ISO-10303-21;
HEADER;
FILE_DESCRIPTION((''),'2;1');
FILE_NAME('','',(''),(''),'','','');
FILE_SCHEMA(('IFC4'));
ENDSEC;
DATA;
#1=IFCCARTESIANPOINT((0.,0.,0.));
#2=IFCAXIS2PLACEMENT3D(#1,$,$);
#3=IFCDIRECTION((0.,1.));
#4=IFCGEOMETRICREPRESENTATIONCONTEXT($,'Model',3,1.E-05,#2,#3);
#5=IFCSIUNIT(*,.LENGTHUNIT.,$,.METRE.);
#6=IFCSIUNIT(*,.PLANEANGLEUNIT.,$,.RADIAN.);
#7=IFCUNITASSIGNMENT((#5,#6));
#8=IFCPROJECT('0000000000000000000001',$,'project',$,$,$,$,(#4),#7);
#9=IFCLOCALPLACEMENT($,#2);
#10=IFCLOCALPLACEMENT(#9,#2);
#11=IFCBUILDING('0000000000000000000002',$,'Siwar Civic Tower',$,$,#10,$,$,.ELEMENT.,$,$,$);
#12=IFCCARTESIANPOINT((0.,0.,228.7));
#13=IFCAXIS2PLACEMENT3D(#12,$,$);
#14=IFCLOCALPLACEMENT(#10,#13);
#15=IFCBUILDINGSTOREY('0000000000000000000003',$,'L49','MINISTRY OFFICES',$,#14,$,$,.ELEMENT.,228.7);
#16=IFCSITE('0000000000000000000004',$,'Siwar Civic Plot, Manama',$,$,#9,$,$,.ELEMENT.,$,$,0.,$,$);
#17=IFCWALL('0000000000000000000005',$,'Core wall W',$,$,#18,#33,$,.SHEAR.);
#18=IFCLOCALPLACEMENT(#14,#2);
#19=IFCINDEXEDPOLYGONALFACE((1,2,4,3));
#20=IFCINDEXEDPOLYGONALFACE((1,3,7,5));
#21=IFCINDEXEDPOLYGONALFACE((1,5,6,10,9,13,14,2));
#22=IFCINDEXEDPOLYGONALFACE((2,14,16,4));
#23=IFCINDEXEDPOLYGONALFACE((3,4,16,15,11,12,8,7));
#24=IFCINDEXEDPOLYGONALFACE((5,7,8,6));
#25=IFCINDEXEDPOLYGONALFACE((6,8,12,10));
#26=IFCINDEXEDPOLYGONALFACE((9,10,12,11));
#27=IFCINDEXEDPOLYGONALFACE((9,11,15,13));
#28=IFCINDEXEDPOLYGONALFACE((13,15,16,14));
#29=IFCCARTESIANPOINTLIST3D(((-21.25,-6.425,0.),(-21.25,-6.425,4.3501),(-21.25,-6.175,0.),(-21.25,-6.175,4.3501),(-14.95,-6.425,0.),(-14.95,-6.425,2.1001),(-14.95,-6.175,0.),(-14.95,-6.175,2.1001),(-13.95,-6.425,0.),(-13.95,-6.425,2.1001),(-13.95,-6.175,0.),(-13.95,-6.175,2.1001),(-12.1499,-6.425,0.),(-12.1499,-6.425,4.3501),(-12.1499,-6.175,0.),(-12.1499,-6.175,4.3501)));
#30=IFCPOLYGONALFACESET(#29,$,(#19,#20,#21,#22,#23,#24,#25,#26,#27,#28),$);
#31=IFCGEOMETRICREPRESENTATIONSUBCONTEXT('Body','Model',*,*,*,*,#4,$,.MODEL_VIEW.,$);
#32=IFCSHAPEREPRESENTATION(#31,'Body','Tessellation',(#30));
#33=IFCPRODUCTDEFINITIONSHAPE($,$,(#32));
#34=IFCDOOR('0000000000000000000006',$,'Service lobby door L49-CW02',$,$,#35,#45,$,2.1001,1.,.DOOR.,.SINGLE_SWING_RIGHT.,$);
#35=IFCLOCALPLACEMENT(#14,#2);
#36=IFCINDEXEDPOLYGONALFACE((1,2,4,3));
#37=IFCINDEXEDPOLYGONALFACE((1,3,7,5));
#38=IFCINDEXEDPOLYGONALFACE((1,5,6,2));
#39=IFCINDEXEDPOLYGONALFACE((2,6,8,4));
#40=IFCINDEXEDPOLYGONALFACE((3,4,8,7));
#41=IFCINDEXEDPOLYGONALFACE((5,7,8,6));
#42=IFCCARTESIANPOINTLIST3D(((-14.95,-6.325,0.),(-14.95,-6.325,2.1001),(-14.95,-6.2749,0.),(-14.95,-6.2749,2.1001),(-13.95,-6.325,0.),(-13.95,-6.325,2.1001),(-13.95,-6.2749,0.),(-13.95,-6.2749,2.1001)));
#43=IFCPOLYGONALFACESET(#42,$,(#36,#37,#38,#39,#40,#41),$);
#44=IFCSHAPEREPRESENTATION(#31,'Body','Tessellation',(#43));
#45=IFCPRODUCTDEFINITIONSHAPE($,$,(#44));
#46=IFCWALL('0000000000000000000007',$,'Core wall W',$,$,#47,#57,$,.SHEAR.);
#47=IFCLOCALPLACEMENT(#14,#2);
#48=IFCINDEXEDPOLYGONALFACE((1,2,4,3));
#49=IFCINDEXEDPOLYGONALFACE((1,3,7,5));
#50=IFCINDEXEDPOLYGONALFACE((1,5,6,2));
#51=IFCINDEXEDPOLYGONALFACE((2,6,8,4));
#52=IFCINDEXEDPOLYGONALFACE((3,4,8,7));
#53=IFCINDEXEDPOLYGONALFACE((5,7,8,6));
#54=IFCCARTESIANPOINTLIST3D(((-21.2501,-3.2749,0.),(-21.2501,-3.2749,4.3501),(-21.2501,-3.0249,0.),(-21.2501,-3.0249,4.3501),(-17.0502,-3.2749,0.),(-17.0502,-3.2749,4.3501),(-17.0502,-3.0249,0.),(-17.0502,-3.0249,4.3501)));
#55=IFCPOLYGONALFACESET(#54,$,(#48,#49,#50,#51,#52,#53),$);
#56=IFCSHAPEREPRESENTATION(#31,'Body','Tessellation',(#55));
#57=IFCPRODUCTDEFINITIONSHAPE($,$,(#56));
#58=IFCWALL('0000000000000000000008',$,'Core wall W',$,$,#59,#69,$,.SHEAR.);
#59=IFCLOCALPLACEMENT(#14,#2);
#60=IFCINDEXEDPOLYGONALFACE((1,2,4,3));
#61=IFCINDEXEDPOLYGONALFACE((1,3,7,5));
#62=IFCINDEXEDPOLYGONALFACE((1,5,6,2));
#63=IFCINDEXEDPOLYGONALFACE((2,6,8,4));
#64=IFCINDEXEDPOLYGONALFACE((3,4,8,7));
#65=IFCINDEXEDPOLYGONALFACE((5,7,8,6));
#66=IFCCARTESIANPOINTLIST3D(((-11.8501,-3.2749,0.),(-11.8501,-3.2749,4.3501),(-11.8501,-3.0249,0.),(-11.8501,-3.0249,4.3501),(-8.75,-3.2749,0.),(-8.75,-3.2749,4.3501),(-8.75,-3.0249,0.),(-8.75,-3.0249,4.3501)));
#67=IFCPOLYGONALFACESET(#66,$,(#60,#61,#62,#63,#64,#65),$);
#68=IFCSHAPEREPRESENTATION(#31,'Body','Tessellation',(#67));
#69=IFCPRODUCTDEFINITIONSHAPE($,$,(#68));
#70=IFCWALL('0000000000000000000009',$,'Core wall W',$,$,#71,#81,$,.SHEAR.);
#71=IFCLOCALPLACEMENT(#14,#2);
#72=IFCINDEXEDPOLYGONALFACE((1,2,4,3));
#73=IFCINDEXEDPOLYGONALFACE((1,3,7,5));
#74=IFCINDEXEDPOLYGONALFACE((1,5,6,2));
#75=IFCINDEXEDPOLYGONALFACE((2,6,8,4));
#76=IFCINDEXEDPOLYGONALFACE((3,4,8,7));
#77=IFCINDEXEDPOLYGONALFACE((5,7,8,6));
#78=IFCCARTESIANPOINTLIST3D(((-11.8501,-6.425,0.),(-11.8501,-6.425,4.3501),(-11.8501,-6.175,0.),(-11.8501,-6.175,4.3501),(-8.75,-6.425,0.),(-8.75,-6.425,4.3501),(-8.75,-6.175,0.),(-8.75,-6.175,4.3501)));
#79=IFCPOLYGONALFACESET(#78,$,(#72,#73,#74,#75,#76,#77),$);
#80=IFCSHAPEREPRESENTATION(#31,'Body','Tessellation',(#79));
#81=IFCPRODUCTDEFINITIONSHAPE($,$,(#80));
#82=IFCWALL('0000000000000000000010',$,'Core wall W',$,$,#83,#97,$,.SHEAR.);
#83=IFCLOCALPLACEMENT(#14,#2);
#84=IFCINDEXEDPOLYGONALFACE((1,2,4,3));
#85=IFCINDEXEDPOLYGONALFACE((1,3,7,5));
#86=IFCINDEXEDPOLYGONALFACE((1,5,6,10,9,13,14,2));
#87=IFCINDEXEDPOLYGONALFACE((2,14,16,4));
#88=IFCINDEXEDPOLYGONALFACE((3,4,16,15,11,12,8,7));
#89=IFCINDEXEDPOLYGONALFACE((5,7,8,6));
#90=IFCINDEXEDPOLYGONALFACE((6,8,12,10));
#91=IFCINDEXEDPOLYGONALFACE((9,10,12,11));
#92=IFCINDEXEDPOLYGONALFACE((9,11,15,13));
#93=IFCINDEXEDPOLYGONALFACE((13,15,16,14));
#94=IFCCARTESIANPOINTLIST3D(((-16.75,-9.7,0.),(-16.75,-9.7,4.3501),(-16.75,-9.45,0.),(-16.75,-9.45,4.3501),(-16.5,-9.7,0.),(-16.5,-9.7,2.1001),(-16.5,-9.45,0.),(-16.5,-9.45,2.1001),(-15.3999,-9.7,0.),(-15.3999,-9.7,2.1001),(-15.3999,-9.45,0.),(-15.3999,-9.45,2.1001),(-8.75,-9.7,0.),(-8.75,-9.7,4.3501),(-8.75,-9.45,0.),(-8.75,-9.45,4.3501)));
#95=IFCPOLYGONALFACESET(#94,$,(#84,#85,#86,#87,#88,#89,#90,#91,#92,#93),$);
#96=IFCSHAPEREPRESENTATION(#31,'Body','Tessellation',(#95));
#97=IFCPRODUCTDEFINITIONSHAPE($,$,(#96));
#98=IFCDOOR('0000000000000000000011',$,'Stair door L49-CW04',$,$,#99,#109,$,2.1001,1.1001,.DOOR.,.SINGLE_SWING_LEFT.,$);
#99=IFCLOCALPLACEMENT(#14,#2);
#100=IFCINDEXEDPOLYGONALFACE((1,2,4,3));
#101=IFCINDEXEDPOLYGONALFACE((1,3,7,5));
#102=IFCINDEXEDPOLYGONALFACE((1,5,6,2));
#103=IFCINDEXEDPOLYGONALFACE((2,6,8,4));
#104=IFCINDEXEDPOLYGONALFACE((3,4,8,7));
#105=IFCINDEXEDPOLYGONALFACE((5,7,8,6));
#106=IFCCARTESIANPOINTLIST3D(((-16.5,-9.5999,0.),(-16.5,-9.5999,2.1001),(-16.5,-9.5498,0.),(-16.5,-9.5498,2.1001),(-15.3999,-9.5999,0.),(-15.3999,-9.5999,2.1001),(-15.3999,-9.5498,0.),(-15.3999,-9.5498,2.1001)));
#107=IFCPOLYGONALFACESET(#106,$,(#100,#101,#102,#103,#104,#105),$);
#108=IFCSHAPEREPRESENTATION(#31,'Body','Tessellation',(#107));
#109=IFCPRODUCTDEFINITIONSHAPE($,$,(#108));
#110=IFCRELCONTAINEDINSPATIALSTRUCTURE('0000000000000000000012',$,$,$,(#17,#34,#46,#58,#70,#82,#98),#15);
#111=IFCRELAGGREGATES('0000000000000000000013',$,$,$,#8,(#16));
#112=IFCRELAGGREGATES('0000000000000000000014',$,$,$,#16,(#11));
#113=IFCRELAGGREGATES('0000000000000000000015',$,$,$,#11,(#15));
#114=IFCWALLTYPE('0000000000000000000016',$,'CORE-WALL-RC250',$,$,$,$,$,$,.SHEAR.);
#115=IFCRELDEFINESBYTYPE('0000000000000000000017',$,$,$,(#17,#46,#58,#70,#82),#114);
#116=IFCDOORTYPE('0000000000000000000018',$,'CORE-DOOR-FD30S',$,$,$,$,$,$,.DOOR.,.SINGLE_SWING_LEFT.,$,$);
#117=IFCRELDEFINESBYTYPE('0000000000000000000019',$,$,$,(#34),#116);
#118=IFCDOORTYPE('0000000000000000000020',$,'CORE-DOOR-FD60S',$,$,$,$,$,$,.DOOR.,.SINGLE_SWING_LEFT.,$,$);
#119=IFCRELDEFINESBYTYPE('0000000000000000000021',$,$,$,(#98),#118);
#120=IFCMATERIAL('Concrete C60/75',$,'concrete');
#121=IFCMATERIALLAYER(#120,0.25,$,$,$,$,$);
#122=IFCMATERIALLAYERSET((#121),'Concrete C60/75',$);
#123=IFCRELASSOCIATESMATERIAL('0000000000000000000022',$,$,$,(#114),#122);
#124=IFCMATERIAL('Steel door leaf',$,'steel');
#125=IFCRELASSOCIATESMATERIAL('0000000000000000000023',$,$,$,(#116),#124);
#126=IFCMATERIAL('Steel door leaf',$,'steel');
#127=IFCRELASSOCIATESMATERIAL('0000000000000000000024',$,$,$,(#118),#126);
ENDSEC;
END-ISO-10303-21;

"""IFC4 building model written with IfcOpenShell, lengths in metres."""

from ifc_helpers import new_model, si_unit, direction, frame, frame_2d, origin, place, context, subcontext, project, spatial, rectangle, extrude, material, layer, layer_set, type_object, element, fill, save


model = new_model("IFC4")

# Units and contexts
model_context = context("Model", 3, precision=1e-05, world=origin(), true_north=direction((0.0, 1.0)))
body_context = subcontext(model_context, "Body", "Model", "MODEL_VIEW")
ifc_project = project(units=[si_unit("LENGTHUNIT", "METRE"), si_unit("PLANEANGLEUNIT", "RADIAN")], contexts=[model_context])

# Site, building, storey
site_placement = place(None, origin())
site = spatial("IfcSite", under=ifc_project, at=site_placement, Name="Siwar Civic Plot, Manama", CompositionType="ELEMENT", RefElevation=0.0)
building_placement = place(site_placement, origin())
building = spatial("IfcBuilding", under=site, at=building_placement, Name="Siwar Civic Tower", CompositionType="ELEMENT")
storey_placement = place(building_placement, frame((0.0, 0.0, 228.7)))
storey = spatial("IfcBuildingStorey", under=building, at=storey_placement, Name="L49", Description="MINISTRY OFFICES", CompositionType="ELEMENT", Elevation=228.7)

# Wall, opening, door
ifc_material_1 = material(Name="Concrete C60/75", Category="concrete")
ifc_layer_1 = layer(ifc_material_1, 0.25)
ifc_layer_set_1 = layer_set([ifc_layer_1], Name="Concrete C60/75")
wall_type_1 = type_object("IfcWallType", Name="CORE-WALL-RC250", PredefinedType="SHEAR", material=ifc_layer_set_1)
wall_1_placement = place(storey_placement, frame((-12.1499, -6.3, 0.0), z_axis=(0.0, 0.0, 1.0), x_axis=(-1.0, 0.0, 0.0)))
wall_1 = element("IfcWall", 1, at=wall_1_placement, inside=storey, type_object=wall_type_1, Name="Core wall W", PredefinedType="SHEAR", context=body_context, shape_type="SweptSolid", body=[
    extrude(rectangle(XDim=9.1001, YDim=0.25, at=frame_2d((4.55, 0.0))), origin(), (0.0, 0.0, 1.0), 4.3501),
])
opening_1_placement = place(wall_1_placement, frame((1.8, 0.0, 0.0)))
opening_1 = element("IfcOpeningElement", 2, at=opening_1_placement, cuts=wall_1, PredefinedType="OPENING", context=body_context, shape_type="SweptSolid", body=[
    extrude(rectangle(XDim=1.0, YDim=2.1001, at=frame_2d((0.5, 1.05))), frame((0.0, 0.135, 0.0), z_axis=(0.0, -1.0, 0.0), x_axis=(1.0, 0.0, 0.0)), (0.0, 0.0, 1.0), 0.27),
])
ifc_material_2 = material(Name="Steel door leaf", Category="steel")
door_type_1 = type_object("IfcDoorType", Name="CORE-DOOR-FD30S", OperationType="SINGLE_SWING_LEFT", PredefinedType="DOOR", material=ifc_material_2)
door_1_placement = place(opening_1_placement, origin())
door_1 = element("IfcDoor", 3, at=door_1_placement, inside=storey, type_object=door_type_1, Name="Service lobby door L49-CW02", OperationType="SINGLE_SWING_RIGHT", OverallHeight=2.1001, OverallWidth=1.0, PredefinedType="DOOR", context=body_context, shape_type="SweptSolid", body=[
    extrude(rectangle(XDim=1.0, YDim=2.1001, at=frame_2d((0.5, 1.05))), frame((0.0, 0.0249, 0.0), z_axis=(0.0, -1.0, 0.0), x_axis=(1.0, 0.0, 0.0)), (0.0, 0.0, 1.0), 0.05),
])
fill(opening_1, door_1)

# Walls
wall_2_placement = place(storey_placement, frame((-17.05, -3.1499, 0.0), z_axis=(0.0, 0.0, 1.0), x_axis=(-1.0, 0.0, 0.0)))
element("IfcWall", 4, at=wall_2_placement, inside=storey, type_object=wall_type_1, Name="Core wall W", PredefinedType="SHEAR", context=body_context, shape_type="SweptSolid", body=[
    extrude(rectangle(XDim=4.2, YDim=0.25, at=frame_2d((2.1001, 0.0))), origin(), (0.0, 0.0, 1.0), 4.3501),
])
for number, where, z_axis, x_axis, name in (
    (5, (-8.75, -3.1499, 0.0), (0.0, 0.0, 1.0), (-1.0, 0.0, 0.0), "Core wall W"),
    (6, (-8.75, -6.3, 0.0), (0.0, 0.0, 1.0), (-1.0, 0.0, 0.0), "Core wall W"),
):
    element("IfcWall", number, at=place(storey_placement, frame(where, z_axis=z_axis, x_axis=x_axis)), inside=storey, type_object=wall_type_1, Name=name, PredefinedType="SHEAR", context=body_context, shape_type="SweptSolid", body=[
        extrude(rectangle(XDim=3.1001, YDim=0.25, at=frame_2d((1.55, 0.0))), origin(), (0.0, 0.0, 1.0), 4.3501),
    ])

# Wall, opening, door
wall_3_placement = place(storey_placement, frame((-8.75, -9.575, 0.0), z_axis=(0.0, 0.0, 1.0), x_axis=(-1.0, 0.0, 0.0)))
wall_3 = element("IfcWall", 7, at=wall_3_placement, inside=storey, type_object=wall_type_1, Name="Core wall W", PredefinedType="SHEAR", context=body_context, shape_type="SweptSolid", body=[
    extrude(rectangle(XDim=8.0, YDim=0.25, at=frame_2d((4.0, 0.0))), origin(), (0.0, 0.0, 1.0), 4.3501),
])
opening_2_placement = place(wall_3_placement, frame((6.6499, 0.0, 0.0)))
opening_2 = element("IfcOpeningElement", 8, at=opening_2_placement, cuts=wall_3, PredefinedType="OPENING", context=body_context, shape_type="SweptSolid", body=[
    extrude(rectangle(XDim=1.1001, YDim=2.1001, at=frame_2d((0.55, 1.05))), frame((0.0, 0.135, 0.0), z_axis=(0.0, -1.0, 0.0), x_axis=(1.0, 0.0, 0.0)), (0.0, 0.0, 1.0), 0.27),
])
ifc_material_3 = material(Name="Steel door leaf", Category="steel")
door_type_2 = type_object("IfcDoorType", Name="CORE-DOOR-FD60S", OperationType="SINGLE_SWING_LEFT", PredefinedType="DOOR", material=ifc_material_3)
door_2_placement = place(opening_2_placement, origin())
door_2 = element("IfcDoor", 9, at=door_2_placement, inside=storey, type_object=door_type_2, Name="Stair door L49-CW04", OperationType="SINGLE_SWING_LEFT", OverallHeight=2.1001, OverallWidth=1.1001, PredefinedType="DOOR", context=body_context, shape_type="SweptSolid", body=[
    extrude(rectangle(XDim=1.1001, YDim=2.1001, at=frame_2d((0.55, 1.05))), frame((0.0, 0.0249, 0.0), z_axis=(0.0, -1.0, 0.0), x_axis=(1.0, 0.0, 0.0)), (0.0, 0.0, 1.0), 0.05),
])
fill(opening_2, door_2)

save(model, "model.ifc")
